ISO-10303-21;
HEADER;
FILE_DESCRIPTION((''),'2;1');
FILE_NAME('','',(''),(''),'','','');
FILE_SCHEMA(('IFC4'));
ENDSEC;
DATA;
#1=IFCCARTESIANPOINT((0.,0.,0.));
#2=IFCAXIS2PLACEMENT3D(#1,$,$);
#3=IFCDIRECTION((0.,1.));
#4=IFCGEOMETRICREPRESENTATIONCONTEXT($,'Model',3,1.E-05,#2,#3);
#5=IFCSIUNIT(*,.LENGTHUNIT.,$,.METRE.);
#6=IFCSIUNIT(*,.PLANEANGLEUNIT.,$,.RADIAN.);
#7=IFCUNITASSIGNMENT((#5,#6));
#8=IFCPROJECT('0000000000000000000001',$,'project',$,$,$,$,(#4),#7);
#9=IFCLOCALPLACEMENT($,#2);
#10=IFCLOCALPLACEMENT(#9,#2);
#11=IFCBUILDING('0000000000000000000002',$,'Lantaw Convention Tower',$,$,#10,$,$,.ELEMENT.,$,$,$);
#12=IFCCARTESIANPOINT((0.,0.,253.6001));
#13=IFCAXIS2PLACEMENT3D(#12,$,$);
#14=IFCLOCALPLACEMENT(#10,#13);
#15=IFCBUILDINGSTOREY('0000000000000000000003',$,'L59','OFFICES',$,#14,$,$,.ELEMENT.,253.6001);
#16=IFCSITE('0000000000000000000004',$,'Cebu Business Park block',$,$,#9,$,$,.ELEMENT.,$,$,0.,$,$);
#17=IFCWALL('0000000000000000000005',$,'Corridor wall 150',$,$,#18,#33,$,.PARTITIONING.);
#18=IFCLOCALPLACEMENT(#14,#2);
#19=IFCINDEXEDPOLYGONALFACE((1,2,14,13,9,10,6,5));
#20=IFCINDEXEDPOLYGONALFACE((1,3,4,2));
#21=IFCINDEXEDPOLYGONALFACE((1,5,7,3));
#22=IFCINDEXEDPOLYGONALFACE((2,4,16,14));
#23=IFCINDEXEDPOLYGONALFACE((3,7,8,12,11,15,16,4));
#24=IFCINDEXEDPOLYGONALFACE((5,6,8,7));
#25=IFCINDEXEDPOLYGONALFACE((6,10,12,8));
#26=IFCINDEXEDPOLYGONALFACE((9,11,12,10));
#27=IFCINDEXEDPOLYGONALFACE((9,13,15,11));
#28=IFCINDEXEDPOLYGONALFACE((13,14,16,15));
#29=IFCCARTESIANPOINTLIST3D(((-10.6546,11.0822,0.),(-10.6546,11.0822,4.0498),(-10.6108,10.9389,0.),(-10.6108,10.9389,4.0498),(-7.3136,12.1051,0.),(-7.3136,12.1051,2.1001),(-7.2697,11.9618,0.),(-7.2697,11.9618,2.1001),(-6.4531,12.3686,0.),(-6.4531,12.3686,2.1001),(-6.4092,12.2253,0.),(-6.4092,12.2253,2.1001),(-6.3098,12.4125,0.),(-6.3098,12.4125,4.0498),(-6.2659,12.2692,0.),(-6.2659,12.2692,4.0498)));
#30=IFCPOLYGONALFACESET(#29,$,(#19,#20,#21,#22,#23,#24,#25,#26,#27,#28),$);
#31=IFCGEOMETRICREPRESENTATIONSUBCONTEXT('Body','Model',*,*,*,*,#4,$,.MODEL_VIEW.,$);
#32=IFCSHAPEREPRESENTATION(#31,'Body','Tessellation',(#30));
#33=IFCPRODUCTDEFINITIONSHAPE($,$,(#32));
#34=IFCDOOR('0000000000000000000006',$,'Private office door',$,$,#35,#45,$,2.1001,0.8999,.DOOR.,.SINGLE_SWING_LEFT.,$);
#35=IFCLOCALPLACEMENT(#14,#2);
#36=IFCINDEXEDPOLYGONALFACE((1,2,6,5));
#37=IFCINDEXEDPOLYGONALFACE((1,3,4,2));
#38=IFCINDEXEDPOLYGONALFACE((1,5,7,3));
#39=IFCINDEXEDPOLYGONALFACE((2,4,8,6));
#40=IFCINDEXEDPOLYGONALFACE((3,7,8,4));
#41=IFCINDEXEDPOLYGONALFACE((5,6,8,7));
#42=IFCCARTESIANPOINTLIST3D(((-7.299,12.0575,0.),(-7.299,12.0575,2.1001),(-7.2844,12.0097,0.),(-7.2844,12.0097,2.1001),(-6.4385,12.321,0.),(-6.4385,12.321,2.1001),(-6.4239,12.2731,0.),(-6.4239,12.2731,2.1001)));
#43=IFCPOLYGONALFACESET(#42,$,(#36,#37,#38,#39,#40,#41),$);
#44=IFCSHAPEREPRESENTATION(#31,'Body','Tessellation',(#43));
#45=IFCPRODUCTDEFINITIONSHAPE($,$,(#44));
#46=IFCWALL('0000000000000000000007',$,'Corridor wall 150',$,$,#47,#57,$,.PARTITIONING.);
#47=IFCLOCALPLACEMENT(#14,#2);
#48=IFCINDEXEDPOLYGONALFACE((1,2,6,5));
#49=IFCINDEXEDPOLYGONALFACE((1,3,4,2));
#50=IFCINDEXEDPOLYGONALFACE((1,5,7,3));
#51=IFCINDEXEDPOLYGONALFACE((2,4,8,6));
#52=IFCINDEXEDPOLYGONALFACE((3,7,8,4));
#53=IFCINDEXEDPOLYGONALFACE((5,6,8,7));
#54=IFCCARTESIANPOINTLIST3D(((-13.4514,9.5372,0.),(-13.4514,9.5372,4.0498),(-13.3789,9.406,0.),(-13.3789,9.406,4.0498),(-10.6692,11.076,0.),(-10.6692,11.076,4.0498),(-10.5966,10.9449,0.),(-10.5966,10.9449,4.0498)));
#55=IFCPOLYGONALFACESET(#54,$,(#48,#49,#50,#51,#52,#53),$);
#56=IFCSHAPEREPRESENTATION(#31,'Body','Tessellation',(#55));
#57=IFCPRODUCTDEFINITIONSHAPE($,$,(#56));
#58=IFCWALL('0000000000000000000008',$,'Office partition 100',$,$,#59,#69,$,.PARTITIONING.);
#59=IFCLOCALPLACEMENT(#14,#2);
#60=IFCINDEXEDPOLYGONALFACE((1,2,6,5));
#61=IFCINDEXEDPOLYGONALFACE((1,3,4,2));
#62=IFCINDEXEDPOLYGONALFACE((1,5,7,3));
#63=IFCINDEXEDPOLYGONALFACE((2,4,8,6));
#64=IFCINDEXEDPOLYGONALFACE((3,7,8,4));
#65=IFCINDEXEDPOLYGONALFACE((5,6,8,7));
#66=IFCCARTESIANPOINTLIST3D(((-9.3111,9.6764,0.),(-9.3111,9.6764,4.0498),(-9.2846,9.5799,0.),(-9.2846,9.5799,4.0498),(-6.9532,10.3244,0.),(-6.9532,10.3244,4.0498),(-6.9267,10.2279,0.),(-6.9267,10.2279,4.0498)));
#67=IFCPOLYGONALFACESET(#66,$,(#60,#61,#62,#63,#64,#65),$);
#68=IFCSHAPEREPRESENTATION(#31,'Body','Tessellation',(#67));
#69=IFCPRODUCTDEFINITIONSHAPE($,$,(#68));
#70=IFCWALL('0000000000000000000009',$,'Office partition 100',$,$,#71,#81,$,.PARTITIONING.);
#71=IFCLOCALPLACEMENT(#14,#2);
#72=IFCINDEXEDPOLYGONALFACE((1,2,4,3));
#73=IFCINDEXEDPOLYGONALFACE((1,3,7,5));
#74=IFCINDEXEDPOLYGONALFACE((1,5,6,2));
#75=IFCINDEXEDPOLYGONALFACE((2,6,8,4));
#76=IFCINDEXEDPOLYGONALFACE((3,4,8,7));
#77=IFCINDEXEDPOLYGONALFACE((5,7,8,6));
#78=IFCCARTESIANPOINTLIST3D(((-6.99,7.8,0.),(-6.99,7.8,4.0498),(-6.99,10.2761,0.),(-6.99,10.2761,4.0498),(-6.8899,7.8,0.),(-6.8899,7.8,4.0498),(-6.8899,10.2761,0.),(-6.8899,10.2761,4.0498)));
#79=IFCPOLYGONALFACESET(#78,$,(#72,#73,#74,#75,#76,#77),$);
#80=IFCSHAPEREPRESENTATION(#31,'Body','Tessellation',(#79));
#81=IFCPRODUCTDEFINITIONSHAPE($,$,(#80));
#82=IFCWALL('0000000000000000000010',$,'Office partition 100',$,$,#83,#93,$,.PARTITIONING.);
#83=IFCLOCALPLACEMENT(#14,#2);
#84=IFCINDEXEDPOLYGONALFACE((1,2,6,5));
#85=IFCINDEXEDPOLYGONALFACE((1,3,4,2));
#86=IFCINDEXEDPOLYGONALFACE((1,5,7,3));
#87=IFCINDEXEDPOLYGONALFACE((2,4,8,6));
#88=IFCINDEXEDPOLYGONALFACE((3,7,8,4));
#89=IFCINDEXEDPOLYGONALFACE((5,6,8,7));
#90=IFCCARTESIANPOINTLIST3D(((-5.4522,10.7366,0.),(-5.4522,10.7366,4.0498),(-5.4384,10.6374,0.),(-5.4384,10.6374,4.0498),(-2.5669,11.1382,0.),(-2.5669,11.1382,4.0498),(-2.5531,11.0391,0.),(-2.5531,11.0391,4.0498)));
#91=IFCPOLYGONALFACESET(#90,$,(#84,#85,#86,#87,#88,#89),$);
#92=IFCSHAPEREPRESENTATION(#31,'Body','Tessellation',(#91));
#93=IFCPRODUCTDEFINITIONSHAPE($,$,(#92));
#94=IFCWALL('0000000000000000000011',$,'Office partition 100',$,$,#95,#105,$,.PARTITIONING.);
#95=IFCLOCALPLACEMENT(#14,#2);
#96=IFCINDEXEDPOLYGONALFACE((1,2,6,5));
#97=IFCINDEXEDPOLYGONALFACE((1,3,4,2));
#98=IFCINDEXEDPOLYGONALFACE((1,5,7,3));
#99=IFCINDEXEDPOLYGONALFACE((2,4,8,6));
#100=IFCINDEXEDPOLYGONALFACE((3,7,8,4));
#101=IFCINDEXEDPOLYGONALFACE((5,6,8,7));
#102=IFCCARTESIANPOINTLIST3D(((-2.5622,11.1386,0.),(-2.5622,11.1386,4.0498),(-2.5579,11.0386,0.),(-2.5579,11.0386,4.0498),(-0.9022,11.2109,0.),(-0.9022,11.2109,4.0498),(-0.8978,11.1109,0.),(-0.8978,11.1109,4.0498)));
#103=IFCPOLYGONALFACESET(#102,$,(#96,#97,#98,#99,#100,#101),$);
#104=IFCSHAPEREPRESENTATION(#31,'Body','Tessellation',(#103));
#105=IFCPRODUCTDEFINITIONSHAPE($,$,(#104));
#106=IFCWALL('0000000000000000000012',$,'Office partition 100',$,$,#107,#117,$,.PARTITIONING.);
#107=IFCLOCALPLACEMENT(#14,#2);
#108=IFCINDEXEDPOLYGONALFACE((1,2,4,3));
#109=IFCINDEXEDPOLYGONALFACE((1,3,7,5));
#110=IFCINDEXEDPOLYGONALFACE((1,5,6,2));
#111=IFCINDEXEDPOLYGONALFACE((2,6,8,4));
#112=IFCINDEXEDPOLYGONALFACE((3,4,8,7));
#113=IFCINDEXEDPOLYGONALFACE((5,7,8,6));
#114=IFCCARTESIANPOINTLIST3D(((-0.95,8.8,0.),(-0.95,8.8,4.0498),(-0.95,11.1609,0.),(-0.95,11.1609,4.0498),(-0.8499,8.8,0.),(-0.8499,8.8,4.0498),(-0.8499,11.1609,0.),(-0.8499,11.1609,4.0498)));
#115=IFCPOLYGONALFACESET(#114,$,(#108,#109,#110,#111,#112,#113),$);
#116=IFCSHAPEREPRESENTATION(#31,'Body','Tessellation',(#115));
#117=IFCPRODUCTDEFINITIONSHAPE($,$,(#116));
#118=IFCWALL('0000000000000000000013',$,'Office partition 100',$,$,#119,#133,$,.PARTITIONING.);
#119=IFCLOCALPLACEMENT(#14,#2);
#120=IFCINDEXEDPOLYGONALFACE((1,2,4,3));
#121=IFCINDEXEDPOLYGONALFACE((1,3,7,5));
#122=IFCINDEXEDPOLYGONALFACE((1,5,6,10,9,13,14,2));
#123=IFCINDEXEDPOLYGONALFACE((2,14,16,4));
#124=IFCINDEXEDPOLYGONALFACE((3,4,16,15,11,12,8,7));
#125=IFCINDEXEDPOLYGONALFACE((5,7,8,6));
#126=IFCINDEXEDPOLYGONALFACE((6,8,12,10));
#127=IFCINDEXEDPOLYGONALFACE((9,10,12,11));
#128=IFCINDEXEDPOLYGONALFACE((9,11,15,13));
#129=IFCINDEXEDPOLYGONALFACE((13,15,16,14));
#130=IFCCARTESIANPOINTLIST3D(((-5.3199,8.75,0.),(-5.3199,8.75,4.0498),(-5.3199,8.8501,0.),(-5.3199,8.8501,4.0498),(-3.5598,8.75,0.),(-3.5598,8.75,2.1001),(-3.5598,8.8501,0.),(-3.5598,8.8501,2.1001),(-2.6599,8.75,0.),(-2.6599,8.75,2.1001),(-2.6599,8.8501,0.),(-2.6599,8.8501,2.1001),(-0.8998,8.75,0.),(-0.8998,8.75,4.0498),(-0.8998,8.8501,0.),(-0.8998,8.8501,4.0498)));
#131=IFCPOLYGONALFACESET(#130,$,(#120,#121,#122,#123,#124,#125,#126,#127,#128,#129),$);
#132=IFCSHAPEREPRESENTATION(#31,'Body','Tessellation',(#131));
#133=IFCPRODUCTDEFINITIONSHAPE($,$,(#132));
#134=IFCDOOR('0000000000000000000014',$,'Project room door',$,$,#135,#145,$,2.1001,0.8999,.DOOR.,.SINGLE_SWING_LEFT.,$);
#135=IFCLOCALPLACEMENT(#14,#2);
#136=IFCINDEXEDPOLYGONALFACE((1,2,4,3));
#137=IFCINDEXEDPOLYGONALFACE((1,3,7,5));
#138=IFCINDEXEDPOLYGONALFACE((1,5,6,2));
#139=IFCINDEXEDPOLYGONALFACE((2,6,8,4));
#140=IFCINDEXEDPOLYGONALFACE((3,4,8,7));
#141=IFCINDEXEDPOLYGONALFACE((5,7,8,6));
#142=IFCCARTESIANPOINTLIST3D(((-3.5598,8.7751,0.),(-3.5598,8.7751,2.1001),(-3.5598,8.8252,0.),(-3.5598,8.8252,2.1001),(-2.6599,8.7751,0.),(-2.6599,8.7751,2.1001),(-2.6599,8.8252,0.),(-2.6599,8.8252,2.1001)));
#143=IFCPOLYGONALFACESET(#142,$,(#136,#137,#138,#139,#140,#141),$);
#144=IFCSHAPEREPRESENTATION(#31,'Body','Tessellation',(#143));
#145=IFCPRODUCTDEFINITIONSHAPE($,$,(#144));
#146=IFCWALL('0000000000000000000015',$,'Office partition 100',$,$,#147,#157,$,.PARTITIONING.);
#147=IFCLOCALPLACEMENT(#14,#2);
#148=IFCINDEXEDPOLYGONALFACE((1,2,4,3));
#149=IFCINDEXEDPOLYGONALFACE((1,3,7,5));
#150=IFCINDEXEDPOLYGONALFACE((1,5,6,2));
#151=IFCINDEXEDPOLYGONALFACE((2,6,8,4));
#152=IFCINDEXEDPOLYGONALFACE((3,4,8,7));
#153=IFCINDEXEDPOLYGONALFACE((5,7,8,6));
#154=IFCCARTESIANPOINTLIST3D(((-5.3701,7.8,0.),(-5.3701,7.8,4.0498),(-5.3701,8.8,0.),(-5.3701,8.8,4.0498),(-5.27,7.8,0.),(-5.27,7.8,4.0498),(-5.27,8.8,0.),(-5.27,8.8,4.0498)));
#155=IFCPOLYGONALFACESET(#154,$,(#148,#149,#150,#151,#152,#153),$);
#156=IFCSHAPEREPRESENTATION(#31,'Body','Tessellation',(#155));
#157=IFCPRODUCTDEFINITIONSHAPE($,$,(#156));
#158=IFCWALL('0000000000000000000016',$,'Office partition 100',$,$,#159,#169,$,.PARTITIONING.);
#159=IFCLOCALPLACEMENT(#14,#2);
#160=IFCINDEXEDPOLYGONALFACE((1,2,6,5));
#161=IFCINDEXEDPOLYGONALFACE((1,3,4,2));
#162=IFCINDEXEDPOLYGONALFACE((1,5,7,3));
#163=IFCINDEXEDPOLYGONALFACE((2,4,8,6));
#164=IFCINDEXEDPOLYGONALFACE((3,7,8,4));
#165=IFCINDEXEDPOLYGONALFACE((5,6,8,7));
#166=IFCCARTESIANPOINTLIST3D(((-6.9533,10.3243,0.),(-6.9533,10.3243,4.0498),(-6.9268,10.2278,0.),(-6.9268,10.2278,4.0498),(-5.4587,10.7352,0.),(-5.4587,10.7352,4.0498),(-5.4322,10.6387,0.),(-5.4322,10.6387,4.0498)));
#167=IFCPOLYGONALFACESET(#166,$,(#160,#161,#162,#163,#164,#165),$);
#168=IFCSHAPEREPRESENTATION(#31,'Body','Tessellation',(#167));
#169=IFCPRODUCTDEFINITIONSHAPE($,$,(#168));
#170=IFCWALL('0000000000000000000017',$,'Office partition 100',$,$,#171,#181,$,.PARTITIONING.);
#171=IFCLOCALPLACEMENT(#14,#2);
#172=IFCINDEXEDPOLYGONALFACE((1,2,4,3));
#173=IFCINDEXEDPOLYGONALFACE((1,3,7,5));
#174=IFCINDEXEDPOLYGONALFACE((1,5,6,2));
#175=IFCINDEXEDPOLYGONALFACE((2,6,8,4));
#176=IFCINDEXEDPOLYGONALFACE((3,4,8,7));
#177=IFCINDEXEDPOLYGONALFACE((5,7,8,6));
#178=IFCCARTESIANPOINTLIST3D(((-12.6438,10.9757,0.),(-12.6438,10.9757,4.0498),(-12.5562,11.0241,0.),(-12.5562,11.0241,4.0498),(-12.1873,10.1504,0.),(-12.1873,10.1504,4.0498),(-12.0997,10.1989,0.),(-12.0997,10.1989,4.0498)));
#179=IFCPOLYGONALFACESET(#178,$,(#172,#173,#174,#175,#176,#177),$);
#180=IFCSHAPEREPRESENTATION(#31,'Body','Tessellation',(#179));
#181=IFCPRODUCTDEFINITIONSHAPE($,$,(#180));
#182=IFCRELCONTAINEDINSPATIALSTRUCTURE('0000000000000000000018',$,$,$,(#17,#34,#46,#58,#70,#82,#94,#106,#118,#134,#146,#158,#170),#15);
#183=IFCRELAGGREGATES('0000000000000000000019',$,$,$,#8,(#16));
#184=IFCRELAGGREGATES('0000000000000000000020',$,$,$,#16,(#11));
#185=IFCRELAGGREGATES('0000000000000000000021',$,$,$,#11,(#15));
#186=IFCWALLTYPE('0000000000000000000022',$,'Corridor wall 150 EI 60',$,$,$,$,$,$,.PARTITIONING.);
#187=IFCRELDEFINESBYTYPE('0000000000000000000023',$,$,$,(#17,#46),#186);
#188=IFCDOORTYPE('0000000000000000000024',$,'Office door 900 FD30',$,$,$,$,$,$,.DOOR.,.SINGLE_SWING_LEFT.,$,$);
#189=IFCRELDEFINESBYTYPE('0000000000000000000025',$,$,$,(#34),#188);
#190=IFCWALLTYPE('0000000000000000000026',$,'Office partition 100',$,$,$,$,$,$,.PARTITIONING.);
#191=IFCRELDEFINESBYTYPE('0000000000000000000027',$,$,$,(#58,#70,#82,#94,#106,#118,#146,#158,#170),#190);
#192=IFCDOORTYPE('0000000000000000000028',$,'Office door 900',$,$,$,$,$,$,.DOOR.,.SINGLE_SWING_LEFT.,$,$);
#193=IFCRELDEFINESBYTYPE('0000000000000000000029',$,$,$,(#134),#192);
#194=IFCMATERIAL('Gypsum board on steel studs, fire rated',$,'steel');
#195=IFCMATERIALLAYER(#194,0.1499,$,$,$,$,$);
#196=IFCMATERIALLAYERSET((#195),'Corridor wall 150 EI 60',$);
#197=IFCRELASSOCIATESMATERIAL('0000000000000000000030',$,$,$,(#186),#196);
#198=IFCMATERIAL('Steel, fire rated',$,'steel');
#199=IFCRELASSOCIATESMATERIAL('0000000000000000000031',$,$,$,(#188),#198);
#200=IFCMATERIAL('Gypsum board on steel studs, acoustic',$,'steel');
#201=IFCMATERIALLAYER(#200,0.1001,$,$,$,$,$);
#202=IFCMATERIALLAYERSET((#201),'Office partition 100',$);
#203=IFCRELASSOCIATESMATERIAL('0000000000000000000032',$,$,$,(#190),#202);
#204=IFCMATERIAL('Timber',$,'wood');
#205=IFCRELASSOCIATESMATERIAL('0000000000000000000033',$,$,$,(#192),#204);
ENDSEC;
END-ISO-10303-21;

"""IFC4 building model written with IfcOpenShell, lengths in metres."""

from ifc_helpers import new_model, si_unit, direction, frame, frame_2d, origin, place, context, subcontext, project, spatial, rectangle, extrude, material, layer, layer_set, type_object, element, fill, save


model = new_model("IFC4")

# Units and contexts
model_context = context("Model", 3, precision=1e-05, world=origin(), true_north=direction((0.0, 1.0)))
body_context = subcontext(model_context, "Body", "Model", "MODEL_VIEW")
ifc_project = project(units=[si_unit("LENGTHUNIT", "METRE"), si_unit("PLANEANGLEUNIT", "RADIAN")], contexts=[model_context])

# Site, building, storey
site_placement = place(None, origin())
site = spatial("IfcSite", under=ifc_project, at=site_placement, Name="Cebu Business Park block", CompositionType="ELEMENT", RefElevation=0.0)
building_placement = place(site_placement, origin())
building = spatial("IfcBuilding", under=site, at=building_placement, Name="Lantaw Convention Tower", CompositionType="ELEMENT")
storey_placement = place(building_placement, frame((0.0, 0.0, 253.6001)))
storey = spatial("IfcBuildingStorey", under=building, at=storey_placement, Name="L59", Description="OFFICES", CompositionType="ELEMENT", Elevation=253.6001)

# Wall, opening, door
ifc_material_1 = material(Name="Steel, fire rated", Category="steel")
ifc_material_2 = material(Name="Gypsum board on steel studs, fire rated", Category="steel")
ifc_layer_1 = layer(ifc_material_2, 0.1499)
ifc_layer_set_1 = layer_set([ifc_layer_1], Name="Corridor wall 150 EI 60")
wall_type_1 = type_object("IfcWallType", Name="Corridor wall 150 EI 60", PredefinedType="PARTITIONING", material=ifc_layer_set_1)
door_type_1 = type_object("IfcDoorType", Name="Office door 900 FD30", OperationType="SINGLE_SWING_LEFT", PredefinedType="DOOR", material=ifc_material_1)
wall_1_placement = place(storey_placement, frame((-6.2878, 12.3408, 0.0), z_axis=(0.0, 0.0, 1.0), x_axis=(-0.956186, -0.29276, 0.0)))
wall_1 = element("IfcWall", 1, at=wall_1_placement, inside=storey, type_object=wall_type_1, Name="Corridor wall 150", PredefinedType="PARTITIONING", context=body_context, shape_type="SweptSolid", body=[
    extrude(rectangle(XDim=4.5439, YDim=0.1499, at=frame_2d((2.272, 0.0))), origin(), (0.0, 0.0, 1.0), 4.0498),
])
opening_1_placement = place(wall_1_placement, frame((0.1499, 0.0, 0.0)))
opening_1 = element("IfcOpeningElement", 2, at=opening_1_placement, cuts=wall_1, PredefinedType="OPENING", context=body_context, shape_type="SweptSolid", body=[
    extrude(rectangle(XDim=0.8999, YDim=2.1001, at=frame_2d((0.45, 1.05))), frame((0.0, 0.085, 0.0), z_axis=(0.0, -1.0, 0.0), x_axis=(1.0, 0.0, 0.0)), (0.0, 0.0, 1.0), 0.1699),
])
door_1_placement = place(opening_1_placement, origin())
door_1 = element("IfcDoor", 3, at=door_1_placement, inside=storey, type_object=door_type_1, Name="Private office door", OperationType="SINGLE_SWING_LEFT", OverallHeight=2.1001, OverallWidth=0.8999, PredefinedType="DOOR", context=body_context, shape_type="SweptSolid", body=[
    extrude(rectangle(XDim=0.8999, YDim=2.1001, at=frame_2d((0.45, 1.05))), frame((0.0, 0.0249, 0.0), z_axis=(0.0, -1.0, 0.0), x_axis=(1.0, 0.0, 0.0)), (0.0, 0.0, 1.0), 0.05),
])
fill(opening_1, door_1)

# Walls
wall_2_placement = place(storey_placement, frame((-10.6328, 11.0105, 0.0), z_axis=(0.0, 0.0, 1.0), x_axis=(-0.875072, -0.483993, 0.0)))
element("IfcWall", 4, at=wall_2_placement, inside=storey, type_object=wall_type_1, Name="Corridor wall 150", PredefinedType="PARTITIONING", context=body_context, shape_type="SweptSolid", body=[
    extrude(rectangle(XDim=3.1794, YDim=0.1499, at=frame_2d((1.5898, 0.0))), origin(), (0.0, 0.0, 1.0), 4.0498),
])
ifc_material_3 = material(Name="Gypsum board on steel studs, acoustic", Category="steel")
ifc_layer_2 = layer(ifc_material_3, 0.1001)
ifc_layer_set_2 = layer_set([ifc_layer_2], Name="Office partition 100")
wall_type_2 = type_object("IfcWallType", Name="Office partition 100", PredefinedType="PARTITIONING", material=ifc_layer_set_2)
wall_3_placement = place(storey_placement, frame((-9.2979, 9.6282, 0.0), z_axis=(0.0, 0.0, 1.0), x_axis=(0.964255, 0.264975, 0.0)))
element("IfcWall", 5, at=wall_3_placement, inside=storey, type_object=wall_type_2, Name="Office partition 100", PredefinedType="PARTITIONING", context=body_context, shape_type="SweptSolid", body=[
    extrude(rectangle(XDim=2.4453, YDim=0.1001, at=frame_2d((1.2227, 0.0))), origin(), (0.0, 0.0, 1.0), 4.0498),
])
wall_4_placement = place(storey_placement, frame((-6.9399, 10.2761, 0.0), z_axis=(0.0, 0.0, 1.0), x_axis=(0.0, -1.0, 0.0)))
element("IfcWall", 6, at=wall_4_placement, inside=storey, type_object=wall_type_2, Name="Office partition 100", PredefinedType="PARTITIONING", context=body_context, shape_type="SweptSolid", body=[
    extrude(rectangle(XDim=2.4761, YDim=0.1001, at=frame_2d((1.238, 0.0))), origin(), (0.0, 0.0, 1.0), 4.0498),
])
wall_5_placement = place(storey_placement, frame((-5.4453, 10.687, 0.0), z_axis=(0.0, 0.0, 1.0), x_axis=(0.990451, 0.137865, 0.0)))
element("IfcWall", 7, at=wall_5_placement, inside=storey, type_object=wall_type_2, Name="Office partition 100", PredefinedType="PARTITIONING", context=body_context, shape_type="SweptSolid", body=[
    extrude(rectangle(XDim=2.9131, YDim=0.1001, at=frame_2d((1.4565, 0.0))), origin(), (0.0, 0.0, 1.0), 4.0498),
])
wall_6_placement = place(storey_placement, frame((-2.5601, 11.0886, 0.0), z_axis=(0.0, 0.0, 1.0), x_axis=(0.999054, 0.043488, 0.0)))
element("IfcWall", 8, at=wall_6_placement, inside=storey, type_object=wall_type_2, Name="Office partition 100", PredefinedType="PARTITIONING", context=body_context, shape_type="SweptSolid", body=[
    extrude(rectangle(XDim=1.6616, YDim=0.1001, at=frame_2d((0.8308, 0.0))), origin(), (0.0, 0.0, 1.0), 4.0498),
])
wall_7_placement = place(storey_placement, frame((-0.8999, 11.1609, 0.0), z_axis=(0.0, 0.0, 1.0), x_axis=(0.0, -1.0, 0.0)))
element("IfcWall", 9, at=wall_7_placement, inside=storey, type_object=wall_type_2, Name="Office partition 100", PredefinedType="PARTITIONING", context=body_context, shape_type="SweptSolid", body=[
    extrude(rectangle(XDim=2.3608, YDim=0.1001, at=frame_2d((1.1804, 0.0))), origin(), (0.0, 0.0, 1.0), 4.0498),
])

# Wall, opening, door
wall_8_placement = place(storey_placement, frame((-0.8999, 8.8, 0.0), z_axis=(0.0, 0.0, 1.0), x_axis=(-1.0, 0.0, 0.0)))
wall_8 = element("IfcWall", 10, at=wall_8_placement, inside=storey, type_object=wall_type_2, Name="Office partition 100", PredefinedType="PARTITIONING", context=body_context, shape_type="SweptSolid", body=[
    extrude(rectangle(XDim=4.4202, YDim=0.1001, at=frame_2d((2.21, 0.0))), origin(), (0.0, 0.0, 1.0), 4.0498),
])
opening_2_placement = place(wall_8_placement, frame((1.76, 0.0, 0.0)))
opening_2 = element("IfcOpeningElement", 11, at=opening_2_placement, cuts=wall_8, PredefinedType="OPENING", context=body_context, shape_type="SweptSolid", body=[
    extrude(rectangle(XDim=0.8999, YDim=2.1001, at=frame_2d((0.45, 1.05))), frame((0.0, 0.0601, 0.0), z_axis=(0.0, -1.0, 0.0), x_axis=(1.0, 0.0, 0.0)), (0.0, 0.0, 1.0), 0.1201),
])
ifc_material_4 = material(Name="Timber", Category="wood")
door_type_2 = type_object("IfcDoorType", Name="Office door 900", OperationType="SINGLE_SWING_LEFT", PredefinedType="DOOR", material=ifc_material_4)
door_2_placement = place(opening_2_placement, origin())
door_2 = element("IfcDoor", 12, at=door_2_placement, inside=storey, type_object=door_type_2, Name="Project room door", OperationType="SINGLE_SWING_LEFT", OverallHeight=2.1001, OverallWidth=0.8999, PredefinedType="DOOR", context=body_context, shape_type="SweptSolid", body=[
    extrude(rectangle(XDim=0.8999, YDim=2.1001, at=frame_2d((0.45, 1.05))), frame((0.0, 0.0249, 0.0), z_axis=(0.0, -1.0, 0.0), x_axis=(1.0, 0.0, 0.0)), (0.0, 0.0, 1.0), 0.05),
])
fill(opening_2, door_2)

# Walls
wall_9_placement = place(storey_placement, frame((-5.3201, 8.8, 0.0), z_axis=(0.0, 0.0, 1.0), x_axis=(0.0, -1.0, 0.0)))
element("IfcWall", 13, at=wall_9_placement, inside=storey, type_object=wall_type_2, Name="Office partition 100", PredefinedType="PARTITIONING", context=body_context, shape_type="SweptSolid", body=[
    extrude(rectangle(XDim=1.0, YDim=0.1001, at=frame_2d((0.5, 0.0))), origin(), (0.0, 0.0, 1.0), 4.0498),
])
wall_10_placement = place(storey_placement, frame((-6.9399, 10.2761, 0.0), z_axis=(0.0, 0.0, 1.0), x_axis=(0.964228, 0.265076, 0.0)))
element("IfcWall", 14, at=wall_10_placement, inside=storey, type_object=wall_type_2, Name="Office partition 100", PredefinedType="PARTITIONING", context=body_context, shape_type="SweptSolid", body=[
    extrude(rectangle(XDim=1.55, YDim=0.1001, at=frame_2d((0.7749, 0.0))), origin(), (0.0, 0.0, 1.0), 4.0498),
])
wall_11_placement = place(storey_placement, frame((-12.6001, 11.0, 0.0), z_axis=(0.0, 0.0, 1.0), x_axis=(0.484104, -0.875011, 0.0)))
element("IfcWall", 15, at=wall_11_placement, inside=storey, type_object=wall_type_2, Name="Office partition 100", PredefinedType="PARTITIONING", context=body_context, shape_type="SweptSolid", body=[
    extrude(rectangle(XDim=0.9431, YDim=0.1001, at=frame_2d((0.4717, 0.0))), origin(), (0.0, 0.0, 1.0), 4.0498),
])

save(model, "model.ifc")
